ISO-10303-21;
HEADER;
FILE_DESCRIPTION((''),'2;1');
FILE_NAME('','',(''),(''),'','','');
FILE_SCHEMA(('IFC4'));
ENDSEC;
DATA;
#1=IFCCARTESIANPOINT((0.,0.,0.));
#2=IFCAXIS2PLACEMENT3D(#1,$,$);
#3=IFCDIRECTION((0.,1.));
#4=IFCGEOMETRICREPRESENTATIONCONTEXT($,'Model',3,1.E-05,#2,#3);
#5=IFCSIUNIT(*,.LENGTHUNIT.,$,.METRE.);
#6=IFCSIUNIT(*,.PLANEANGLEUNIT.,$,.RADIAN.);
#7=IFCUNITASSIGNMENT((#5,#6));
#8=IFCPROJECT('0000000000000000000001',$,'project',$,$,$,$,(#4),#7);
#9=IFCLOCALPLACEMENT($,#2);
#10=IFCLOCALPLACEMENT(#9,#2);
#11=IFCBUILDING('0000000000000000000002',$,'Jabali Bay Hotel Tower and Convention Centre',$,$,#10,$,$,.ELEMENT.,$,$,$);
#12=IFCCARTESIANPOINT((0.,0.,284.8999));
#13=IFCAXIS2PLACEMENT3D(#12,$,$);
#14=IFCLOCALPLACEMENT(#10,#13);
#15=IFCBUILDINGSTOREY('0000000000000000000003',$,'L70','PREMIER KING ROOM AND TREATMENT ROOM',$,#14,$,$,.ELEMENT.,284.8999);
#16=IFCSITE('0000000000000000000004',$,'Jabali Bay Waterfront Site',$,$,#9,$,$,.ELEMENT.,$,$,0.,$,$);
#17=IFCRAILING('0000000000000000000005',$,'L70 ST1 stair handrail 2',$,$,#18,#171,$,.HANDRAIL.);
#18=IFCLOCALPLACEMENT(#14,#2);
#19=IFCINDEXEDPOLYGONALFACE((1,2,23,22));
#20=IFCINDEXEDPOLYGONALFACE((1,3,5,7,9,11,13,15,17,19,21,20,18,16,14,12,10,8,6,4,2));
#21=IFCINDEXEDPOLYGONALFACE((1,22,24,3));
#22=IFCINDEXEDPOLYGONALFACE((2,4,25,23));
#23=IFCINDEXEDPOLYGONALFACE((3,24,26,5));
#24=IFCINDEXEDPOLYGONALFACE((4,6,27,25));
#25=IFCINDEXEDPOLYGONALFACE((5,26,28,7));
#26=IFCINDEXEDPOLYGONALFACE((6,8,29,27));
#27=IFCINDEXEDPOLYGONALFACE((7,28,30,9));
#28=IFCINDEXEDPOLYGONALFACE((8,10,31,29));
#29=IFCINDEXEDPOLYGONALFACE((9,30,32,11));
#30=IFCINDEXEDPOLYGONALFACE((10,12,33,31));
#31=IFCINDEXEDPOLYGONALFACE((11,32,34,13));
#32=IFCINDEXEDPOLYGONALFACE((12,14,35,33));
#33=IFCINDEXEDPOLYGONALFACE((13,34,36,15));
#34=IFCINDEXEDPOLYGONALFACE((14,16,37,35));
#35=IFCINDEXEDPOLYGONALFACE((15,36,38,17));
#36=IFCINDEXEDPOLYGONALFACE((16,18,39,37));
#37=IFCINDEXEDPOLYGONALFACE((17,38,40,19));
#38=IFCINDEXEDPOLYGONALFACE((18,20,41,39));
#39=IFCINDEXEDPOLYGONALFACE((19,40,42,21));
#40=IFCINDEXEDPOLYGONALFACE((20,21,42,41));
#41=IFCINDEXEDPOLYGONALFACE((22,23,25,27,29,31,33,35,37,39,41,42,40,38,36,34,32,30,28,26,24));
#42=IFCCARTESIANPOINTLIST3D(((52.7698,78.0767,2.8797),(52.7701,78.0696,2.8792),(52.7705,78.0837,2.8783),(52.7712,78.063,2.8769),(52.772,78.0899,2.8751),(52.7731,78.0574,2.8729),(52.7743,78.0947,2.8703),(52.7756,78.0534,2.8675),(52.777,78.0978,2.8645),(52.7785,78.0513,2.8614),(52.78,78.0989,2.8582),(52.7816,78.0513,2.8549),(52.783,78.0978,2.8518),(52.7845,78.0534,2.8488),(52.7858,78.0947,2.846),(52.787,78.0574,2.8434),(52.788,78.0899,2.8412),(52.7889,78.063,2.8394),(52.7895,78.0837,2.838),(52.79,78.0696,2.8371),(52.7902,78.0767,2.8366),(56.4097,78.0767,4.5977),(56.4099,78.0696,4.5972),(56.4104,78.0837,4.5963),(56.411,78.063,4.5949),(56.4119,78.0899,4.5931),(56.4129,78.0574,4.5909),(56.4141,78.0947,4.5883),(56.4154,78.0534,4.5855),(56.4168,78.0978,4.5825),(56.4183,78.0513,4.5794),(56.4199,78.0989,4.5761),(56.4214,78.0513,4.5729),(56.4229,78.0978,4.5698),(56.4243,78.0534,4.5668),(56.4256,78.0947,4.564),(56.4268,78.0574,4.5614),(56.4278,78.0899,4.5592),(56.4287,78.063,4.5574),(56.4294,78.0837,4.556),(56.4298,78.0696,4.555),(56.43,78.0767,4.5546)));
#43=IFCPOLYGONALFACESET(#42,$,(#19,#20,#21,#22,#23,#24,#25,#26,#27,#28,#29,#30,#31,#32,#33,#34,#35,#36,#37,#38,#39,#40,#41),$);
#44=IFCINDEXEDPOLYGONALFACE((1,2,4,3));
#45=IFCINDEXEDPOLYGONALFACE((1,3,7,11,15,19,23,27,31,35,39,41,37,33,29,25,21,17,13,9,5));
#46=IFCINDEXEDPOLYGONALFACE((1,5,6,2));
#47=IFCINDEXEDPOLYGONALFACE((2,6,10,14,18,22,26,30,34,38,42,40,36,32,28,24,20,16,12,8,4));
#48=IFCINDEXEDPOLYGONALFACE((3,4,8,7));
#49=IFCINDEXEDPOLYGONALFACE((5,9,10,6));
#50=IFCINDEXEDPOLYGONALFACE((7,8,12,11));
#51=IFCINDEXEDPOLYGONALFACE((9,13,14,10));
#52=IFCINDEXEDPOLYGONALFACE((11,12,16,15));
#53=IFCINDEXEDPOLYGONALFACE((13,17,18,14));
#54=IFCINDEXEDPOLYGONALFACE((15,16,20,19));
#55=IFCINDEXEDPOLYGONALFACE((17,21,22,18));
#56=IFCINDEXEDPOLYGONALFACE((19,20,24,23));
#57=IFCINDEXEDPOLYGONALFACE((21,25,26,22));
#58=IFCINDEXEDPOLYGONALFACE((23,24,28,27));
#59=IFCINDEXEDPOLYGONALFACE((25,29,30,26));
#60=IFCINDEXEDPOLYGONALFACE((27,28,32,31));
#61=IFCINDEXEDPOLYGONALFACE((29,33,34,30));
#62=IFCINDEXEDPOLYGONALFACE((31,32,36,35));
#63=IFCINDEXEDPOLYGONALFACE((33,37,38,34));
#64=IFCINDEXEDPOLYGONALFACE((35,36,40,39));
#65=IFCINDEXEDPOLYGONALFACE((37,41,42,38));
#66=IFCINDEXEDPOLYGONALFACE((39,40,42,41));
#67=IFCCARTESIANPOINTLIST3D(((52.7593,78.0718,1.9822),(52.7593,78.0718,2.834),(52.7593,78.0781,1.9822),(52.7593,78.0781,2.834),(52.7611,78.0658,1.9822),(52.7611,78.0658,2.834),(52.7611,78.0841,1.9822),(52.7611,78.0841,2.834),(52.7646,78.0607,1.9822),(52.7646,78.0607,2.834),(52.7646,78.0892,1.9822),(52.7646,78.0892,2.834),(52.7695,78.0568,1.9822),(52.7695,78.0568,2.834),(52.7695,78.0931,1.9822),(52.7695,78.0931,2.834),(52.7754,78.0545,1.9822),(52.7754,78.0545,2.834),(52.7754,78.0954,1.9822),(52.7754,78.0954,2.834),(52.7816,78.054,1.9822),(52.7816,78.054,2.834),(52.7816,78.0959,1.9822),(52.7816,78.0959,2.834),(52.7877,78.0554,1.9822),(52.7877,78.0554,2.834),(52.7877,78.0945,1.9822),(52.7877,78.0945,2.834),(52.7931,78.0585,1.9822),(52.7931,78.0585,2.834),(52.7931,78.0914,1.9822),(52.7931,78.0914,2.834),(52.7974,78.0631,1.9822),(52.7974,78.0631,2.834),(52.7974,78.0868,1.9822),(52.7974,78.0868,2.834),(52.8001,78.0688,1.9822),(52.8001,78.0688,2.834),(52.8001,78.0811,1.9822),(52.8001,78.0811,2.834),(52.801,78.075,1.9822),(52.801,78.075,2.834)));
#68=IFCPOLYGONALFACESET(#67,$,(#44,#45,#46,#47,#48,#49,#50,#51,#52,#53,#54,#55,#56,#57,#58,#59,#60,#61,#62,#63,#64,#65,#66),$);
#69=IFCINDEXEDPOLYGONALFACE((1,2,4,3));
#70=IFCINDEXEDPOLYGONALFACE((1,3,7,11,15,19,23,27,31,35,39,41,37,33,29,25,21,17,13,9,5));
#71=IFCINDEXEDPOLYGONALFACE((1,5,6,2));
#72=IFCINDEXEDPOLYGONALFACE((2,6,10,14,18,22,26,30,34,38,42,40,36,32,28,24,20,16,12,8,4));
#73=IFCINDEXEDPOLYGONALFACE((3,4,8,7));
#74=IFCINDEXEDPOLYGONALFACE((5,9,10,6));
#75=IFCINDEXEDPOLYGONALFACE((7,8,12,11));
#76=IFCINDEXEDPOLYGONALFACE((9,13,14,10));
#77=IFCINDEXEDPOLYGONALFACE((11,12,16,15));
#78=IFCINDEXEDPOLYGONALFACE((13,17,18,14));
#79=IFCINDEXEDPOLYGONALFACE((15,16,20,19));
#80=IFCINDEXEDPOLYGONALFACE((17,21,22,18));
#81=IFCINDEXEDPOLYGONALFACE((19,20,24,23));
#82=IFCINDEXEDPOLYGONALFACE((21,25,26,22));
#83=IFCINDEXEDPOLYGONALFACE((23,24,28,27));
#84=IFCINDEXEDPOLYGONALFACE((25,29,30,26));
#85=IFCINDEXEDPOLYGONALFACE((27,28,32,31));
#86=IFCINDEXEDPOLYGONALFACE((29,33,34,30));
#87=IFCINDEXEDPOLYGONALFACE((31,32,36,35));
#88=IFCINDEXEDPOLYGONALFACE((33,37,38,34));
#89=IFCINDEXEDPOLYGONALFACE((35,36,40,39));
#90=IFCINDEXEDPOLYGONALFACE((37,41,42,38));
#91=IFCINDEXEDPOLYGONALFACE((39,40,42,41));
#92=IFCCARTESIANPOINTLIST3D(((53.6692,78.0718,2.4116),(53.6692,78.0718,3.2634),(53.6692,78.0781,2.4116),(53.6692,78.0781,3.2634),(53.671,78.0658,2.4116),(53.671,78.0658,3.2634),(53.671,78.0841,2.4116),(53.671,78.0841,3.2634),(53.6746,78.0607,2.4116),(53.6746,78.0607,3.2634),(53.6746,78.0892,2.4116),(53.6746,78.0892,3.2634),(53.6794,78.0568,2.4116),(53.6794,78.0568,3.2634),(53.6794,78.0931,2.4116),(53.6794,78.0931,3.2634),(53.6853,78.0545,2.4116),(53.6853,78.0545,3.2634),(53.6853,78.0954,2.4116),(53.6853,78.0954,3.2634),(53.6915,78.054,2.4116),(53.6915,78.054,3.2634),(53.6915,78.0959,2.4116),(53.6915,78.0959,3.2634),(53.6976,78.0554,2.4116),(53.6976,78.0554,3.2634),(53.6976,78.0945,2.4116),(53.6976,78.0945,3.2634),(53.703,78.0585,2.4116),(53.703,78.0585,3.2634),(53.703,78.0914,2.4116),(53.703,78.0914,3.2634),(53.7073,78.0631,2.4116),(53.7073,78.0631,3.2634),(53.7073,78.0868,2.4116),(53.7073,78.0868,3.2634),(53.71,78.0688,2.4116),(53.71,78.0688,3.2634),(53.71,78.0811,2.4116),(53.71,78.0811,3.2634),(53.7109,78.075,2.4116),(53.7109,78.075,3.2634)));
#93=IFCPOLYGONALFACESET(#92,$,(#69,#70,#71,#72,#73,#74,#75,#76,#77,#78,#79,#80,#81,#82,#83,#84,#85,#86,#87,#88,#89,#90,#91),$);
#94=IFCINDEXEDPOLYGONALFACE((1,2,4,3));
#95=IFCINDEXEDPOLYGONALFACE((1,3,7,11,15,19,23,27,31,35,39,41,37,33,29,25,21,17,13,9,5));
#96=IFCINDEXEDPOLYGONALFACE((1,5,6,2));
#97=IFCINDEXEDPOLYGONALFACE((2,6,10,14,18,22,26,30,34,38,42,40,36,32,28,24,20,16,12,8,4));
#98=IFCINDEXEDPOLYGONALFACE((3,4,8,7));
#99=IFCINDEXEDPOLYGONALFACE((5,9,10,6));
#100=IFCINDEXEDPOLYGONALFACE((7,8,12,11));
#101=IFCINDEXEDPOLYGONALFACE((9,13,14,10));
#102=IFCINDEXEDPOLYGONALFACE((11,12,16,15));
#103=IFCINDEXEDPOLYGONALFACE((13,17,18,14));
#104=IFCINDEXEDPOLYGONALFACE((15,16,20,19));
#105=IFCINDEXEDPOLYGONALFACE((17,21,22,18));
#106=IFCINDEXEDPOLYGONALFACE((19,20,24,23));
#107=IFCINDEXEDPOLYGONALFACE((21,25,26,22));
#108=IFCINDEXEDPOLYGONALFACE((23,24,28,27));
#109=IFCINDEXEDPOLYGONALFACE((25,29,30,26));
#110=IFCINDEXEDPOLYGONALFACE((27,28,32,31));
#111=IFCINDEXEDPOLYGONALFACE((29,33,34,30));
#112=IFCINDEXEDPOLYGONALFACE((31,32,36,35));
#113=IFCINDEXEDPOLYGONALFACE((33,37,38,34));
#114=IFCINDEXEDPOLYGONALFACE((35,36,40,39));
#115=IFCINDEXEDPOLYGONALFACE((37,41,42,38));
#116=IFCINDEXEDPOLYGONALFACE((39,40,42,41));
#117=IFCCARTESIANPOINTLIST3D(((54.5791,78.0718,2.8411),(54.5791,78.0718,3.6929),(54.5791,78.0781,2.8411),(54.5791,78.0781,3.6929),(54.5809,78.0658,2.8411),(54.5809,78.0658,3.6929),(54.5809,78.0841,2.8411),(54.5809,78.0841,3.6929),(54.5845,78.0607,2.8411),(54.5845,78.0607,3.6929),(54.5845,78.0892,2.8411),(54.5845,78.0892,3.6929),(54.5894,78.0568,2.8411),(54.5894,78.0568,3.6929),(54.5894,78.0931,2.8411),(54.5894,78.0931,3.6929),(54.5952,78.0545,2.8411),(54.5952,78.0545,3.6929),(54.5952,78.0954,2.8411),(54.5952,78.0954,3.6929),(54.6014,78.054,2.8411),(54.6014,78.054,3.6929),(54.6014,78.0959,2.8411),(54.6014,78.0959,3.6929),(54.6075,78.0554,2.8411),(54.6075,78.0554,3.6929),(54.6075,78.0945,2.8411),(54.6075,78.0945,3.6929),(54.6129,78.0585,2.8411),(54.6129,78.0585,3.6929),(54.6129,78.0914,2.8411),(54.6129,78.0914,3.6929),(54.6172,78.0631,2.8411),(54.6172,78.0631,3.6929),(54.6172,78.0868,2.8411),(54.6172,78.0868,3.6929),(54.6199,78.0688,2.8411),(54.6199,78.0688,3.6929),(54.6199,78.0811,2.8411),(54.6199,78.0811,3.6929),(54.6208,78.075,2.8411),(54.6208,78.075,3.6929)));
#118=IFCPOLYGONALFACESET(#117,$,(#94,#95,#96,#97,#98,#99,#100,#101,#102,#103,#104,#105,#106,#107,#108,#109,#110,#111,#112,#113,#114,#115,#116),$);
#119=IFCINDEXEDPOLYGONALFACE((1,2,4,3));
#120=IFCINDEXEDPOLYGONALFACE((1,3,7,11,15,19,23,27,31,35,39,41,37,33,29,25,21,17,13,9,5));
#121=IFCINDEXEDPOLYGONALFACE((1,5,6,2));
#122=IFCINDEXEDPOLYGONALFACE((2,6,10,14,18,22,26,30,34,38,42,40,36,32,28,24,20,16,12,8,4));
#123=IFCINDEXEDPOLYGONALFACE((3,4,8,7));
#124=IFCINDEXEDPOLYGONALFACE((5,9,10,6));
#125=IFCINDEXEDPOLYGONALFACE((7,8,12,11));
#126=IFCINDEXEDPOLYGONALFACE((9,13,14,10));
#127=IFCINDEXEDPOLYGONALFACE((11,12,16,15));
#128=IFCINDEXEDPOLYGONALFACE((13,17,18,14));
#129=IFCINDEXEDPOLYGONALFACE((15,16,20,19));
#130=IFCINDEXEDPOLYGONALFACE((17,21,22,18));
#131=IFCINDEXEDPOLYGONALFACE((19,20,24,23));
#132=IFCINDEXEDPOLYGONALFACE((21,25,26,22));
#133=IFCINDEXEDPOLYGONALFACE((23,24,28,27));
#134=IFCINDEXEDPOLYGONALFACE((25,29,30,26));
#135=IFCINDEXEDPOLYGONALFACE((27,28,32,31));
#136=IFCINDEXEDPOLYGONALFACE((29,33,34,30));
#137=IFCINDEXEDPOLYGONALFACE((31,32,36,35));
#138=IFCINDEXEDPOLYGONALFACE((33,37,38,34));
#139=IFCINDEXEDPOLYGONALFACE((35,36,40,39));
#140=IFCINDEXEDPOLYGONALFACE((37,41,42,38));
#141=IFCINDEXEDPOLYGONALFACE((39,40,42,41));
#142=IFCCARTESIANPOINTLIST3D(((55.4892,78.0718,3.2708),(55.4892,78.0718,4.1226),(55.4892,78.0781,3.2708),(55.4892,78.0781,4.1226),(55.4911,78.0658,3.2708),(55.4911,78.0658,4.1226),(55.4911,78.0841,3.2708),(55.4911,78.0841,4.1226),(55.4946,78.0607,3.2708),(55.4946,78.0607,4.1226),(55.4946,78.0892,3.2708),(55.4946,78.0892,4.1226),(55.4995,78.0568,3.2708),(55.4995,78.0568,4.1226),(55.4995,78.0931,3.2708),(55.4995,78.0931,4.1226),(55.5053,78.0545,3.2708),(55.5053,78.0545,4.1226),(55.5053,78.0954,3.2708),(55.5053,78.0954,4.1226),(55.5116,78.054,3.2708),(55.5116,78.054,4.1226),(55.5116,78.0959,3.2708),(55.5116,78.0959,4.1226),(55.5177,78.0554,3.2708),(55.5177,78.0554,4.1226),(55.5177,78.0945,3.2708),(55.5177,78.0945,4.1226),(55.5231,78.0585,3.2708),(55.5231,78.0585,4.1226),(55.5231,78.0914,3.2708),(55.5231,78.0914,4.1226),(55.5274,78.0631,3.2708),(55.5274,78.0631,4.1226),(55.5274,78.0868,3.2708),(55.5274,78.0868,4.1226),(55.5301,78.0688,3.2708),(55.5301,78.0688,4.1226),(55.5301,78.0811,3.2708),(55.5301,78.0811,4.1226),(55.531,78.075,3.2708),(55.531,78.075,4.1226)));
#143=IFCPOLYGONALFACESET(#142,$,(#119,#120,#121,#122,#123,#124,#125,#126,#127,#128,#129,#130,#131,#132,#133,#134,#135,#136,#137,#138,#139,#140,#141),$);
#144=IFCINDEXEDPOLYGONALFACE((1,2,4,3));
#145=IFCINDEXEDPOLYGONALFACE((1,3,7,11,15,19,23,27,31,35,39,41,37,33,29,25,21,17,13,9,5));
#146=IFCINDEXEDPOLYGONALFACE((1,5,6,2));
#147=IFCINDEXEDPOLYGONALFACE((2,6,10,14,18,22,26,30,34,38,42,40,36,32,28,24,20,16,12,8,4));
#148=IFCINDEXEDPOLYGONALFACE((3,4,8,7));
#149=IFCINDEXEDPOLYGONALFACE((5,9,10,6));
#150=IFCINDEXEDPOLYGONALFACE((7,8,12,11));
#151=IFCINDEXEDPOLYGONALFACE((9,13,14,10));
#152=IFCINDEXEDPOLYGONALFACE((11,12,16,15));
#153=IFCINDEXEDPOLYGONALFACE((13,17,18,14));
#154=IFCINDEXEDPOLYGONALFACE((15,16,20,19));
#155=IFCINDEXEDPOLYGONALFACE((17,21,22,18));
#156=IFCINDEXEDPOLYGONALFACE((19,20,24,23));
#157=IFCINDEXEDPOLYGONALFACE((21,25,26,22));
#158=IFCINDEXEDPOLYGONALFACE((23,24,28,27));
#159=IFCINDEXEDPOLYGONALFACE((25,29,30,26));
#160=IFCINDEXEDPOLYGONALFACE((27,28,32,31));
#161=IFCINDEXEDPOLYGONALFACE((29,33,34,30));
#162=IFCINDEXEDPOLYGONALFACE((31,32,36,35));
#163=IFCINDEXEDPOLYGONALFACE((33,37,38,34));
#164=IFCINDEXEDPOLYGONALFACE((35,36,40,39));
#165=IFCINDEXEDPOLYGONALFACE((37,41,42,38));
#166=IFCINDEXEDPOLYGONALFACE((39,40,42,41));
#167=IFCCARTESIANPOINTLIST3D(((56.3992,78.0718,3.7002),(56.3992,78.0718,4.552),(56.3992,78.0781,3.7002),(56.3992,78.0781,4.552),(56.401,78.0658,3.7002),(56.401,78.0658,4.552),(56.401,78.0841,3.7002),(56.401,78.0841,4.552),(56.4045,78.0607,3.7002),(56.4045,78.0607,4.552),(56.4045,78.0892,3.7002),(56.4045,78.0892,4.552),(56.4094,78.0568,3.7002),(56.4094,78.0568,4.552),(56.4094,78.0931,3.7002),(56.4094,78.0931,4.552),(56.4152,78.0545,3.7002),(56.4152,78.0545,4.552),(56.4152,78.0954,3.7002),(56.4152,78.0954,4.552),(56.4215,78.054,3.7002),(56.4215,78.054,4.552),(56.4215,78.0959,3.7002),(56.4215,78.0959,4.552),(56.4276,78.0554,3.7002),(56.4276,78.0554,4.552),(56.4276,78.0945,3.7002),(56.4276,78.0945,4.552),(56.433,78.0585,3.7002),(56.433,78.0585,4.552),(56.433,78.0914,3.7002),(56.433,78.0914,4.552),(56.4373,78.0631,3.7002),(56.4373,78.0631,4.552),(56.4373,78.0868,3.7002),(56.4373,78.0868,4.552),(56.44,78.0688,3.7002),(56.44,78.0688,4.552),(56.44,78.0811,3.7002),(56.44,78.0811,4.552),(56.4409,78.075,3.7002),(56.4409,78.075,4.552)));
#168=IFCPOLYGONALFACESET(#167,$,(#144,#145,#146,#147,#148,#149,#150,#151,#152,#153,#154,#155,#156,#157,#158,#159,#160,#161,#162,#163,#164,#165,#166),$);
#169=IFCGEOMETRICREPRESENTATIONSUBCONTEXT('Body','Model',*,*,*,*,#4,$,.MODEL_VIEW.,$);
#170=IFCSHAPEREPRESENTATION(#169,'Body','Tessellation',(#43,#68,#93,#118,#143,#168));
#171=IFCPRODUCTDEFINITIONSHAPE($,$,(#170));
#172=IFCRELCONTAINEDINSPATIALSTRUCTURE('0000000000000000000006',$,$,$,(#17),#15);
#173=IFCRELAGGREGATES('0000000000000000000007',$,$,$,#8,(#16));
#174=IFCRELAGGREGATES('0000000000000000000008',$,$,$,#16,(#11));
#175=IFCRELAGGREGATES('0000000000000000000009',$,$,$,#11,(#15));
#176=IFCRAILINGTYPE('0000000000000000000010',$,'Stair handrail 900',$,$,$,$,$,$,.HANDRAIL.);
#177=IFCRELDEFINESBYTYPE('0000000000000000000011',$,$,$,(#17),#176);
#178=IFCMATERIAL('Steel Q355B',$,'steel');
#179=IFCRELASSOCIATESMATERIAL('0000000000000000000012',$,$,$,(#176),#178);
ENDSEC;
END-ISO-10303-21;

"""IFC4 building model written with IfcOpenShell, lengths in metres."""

from ifc_helpers import new_model, si_unit, direction, frame, origin, origin_2d, place, context, subcontext, project, spatial, circle, extrude, material, type_object, element, save


model = new_model("IFC4")

# Units and contexts
model_context = context("Model", 3, precision=1e-05, world=origin(), true_north=direction((0.0, 1.0)))
body_context = subcontext(model_context, "Body", "Model", "MODEL_VIEW")
ifc_project = project(units=[si_unit("LENGTHUNIT", "METRE"), si_unit("PLANEANGLEUNIT", "RADIAN")], contexts=[model_context])

# Site, building, storey
site_placement = place(None, origin())
site = spatial("IfcSite", under=ifc_project, at=site_placement, Name="Jabali Bay Waterfront Site", CompositionType="ELEMENT", RefElevation=0.0)
building_placement = place(site_placement, origin())
building = spatial("IfcBuilding", under=site, at=building_placement, Name="Jabali Bay Hotel Tower and Convention Centre", CompositionType="ELEMENT")
storey_placement = place(building_placement, frame((0.0, 0.0, 284.8999)))
storey = spatial("IfcBuildingStorey", under=building, at=storey_placement, Name="L70", Description="PREMIER KING ROOM AND TREATMENT ROOM", CompositionType="ELEMENT", Elevation=284.8999)

# Railing
ifc_material_1 = material(Name="Steel Q355B", Category="steel")
railing_type = type_object("IfcRailingType", Name="Stair handrail 900", PredefinedType="HANDRAIL", material=ifc_material_1)
railing_placement = place(storey_placement, frame((52.78, 78.075, 1.9822)))
element("IfcRailing", 1, at=railing_placement, inside=storey, type_object=railing_type, Name="L70 ST1 stair handrail 2", PredefinedType="HANDRAIL", context=body_context, shape_type="SweptSolid", body=[
    extrude(circle(Radius=0.0239, at=origin_2d()), frame((0.0, 0.0, 0.876), z_axis=(0.904327, 0.0, 0.42684), x_axis=(0.0, 1.0, 0.0)), (0.0, 0.0, 1.0), 4.0249),
    extrude(circle(Radius=0.021, at=origin_2d()), origin(), (0.0, 0.0, 1.0), 0.8518),
    extrude(circle(Radius=0.021, at=origin_2d()), frame((0.9099, 0.0, 0.4294)), (0.0, 0.0, 1.0), 0.8518),
    extrude(circle(Radius=0.021, at=origin_2d()), frame((1.8198, 0.0, 0.8589)), (0.0, 0.0, 1.0), 0.8518),
    extrude(circle(Radius=0.021, at=origin_2d()), frame((2.73, 0.0, 1.2886)), (0.0, 0.0, 1.0), 0.8518),
    extrude(circle(Radius=0.021, at=origin_2d()), frame((3.6399, 0.0, 1.718)), (0.0, 0.0, 1.0), 0.8518),
])

save(model, "model.ifc")
